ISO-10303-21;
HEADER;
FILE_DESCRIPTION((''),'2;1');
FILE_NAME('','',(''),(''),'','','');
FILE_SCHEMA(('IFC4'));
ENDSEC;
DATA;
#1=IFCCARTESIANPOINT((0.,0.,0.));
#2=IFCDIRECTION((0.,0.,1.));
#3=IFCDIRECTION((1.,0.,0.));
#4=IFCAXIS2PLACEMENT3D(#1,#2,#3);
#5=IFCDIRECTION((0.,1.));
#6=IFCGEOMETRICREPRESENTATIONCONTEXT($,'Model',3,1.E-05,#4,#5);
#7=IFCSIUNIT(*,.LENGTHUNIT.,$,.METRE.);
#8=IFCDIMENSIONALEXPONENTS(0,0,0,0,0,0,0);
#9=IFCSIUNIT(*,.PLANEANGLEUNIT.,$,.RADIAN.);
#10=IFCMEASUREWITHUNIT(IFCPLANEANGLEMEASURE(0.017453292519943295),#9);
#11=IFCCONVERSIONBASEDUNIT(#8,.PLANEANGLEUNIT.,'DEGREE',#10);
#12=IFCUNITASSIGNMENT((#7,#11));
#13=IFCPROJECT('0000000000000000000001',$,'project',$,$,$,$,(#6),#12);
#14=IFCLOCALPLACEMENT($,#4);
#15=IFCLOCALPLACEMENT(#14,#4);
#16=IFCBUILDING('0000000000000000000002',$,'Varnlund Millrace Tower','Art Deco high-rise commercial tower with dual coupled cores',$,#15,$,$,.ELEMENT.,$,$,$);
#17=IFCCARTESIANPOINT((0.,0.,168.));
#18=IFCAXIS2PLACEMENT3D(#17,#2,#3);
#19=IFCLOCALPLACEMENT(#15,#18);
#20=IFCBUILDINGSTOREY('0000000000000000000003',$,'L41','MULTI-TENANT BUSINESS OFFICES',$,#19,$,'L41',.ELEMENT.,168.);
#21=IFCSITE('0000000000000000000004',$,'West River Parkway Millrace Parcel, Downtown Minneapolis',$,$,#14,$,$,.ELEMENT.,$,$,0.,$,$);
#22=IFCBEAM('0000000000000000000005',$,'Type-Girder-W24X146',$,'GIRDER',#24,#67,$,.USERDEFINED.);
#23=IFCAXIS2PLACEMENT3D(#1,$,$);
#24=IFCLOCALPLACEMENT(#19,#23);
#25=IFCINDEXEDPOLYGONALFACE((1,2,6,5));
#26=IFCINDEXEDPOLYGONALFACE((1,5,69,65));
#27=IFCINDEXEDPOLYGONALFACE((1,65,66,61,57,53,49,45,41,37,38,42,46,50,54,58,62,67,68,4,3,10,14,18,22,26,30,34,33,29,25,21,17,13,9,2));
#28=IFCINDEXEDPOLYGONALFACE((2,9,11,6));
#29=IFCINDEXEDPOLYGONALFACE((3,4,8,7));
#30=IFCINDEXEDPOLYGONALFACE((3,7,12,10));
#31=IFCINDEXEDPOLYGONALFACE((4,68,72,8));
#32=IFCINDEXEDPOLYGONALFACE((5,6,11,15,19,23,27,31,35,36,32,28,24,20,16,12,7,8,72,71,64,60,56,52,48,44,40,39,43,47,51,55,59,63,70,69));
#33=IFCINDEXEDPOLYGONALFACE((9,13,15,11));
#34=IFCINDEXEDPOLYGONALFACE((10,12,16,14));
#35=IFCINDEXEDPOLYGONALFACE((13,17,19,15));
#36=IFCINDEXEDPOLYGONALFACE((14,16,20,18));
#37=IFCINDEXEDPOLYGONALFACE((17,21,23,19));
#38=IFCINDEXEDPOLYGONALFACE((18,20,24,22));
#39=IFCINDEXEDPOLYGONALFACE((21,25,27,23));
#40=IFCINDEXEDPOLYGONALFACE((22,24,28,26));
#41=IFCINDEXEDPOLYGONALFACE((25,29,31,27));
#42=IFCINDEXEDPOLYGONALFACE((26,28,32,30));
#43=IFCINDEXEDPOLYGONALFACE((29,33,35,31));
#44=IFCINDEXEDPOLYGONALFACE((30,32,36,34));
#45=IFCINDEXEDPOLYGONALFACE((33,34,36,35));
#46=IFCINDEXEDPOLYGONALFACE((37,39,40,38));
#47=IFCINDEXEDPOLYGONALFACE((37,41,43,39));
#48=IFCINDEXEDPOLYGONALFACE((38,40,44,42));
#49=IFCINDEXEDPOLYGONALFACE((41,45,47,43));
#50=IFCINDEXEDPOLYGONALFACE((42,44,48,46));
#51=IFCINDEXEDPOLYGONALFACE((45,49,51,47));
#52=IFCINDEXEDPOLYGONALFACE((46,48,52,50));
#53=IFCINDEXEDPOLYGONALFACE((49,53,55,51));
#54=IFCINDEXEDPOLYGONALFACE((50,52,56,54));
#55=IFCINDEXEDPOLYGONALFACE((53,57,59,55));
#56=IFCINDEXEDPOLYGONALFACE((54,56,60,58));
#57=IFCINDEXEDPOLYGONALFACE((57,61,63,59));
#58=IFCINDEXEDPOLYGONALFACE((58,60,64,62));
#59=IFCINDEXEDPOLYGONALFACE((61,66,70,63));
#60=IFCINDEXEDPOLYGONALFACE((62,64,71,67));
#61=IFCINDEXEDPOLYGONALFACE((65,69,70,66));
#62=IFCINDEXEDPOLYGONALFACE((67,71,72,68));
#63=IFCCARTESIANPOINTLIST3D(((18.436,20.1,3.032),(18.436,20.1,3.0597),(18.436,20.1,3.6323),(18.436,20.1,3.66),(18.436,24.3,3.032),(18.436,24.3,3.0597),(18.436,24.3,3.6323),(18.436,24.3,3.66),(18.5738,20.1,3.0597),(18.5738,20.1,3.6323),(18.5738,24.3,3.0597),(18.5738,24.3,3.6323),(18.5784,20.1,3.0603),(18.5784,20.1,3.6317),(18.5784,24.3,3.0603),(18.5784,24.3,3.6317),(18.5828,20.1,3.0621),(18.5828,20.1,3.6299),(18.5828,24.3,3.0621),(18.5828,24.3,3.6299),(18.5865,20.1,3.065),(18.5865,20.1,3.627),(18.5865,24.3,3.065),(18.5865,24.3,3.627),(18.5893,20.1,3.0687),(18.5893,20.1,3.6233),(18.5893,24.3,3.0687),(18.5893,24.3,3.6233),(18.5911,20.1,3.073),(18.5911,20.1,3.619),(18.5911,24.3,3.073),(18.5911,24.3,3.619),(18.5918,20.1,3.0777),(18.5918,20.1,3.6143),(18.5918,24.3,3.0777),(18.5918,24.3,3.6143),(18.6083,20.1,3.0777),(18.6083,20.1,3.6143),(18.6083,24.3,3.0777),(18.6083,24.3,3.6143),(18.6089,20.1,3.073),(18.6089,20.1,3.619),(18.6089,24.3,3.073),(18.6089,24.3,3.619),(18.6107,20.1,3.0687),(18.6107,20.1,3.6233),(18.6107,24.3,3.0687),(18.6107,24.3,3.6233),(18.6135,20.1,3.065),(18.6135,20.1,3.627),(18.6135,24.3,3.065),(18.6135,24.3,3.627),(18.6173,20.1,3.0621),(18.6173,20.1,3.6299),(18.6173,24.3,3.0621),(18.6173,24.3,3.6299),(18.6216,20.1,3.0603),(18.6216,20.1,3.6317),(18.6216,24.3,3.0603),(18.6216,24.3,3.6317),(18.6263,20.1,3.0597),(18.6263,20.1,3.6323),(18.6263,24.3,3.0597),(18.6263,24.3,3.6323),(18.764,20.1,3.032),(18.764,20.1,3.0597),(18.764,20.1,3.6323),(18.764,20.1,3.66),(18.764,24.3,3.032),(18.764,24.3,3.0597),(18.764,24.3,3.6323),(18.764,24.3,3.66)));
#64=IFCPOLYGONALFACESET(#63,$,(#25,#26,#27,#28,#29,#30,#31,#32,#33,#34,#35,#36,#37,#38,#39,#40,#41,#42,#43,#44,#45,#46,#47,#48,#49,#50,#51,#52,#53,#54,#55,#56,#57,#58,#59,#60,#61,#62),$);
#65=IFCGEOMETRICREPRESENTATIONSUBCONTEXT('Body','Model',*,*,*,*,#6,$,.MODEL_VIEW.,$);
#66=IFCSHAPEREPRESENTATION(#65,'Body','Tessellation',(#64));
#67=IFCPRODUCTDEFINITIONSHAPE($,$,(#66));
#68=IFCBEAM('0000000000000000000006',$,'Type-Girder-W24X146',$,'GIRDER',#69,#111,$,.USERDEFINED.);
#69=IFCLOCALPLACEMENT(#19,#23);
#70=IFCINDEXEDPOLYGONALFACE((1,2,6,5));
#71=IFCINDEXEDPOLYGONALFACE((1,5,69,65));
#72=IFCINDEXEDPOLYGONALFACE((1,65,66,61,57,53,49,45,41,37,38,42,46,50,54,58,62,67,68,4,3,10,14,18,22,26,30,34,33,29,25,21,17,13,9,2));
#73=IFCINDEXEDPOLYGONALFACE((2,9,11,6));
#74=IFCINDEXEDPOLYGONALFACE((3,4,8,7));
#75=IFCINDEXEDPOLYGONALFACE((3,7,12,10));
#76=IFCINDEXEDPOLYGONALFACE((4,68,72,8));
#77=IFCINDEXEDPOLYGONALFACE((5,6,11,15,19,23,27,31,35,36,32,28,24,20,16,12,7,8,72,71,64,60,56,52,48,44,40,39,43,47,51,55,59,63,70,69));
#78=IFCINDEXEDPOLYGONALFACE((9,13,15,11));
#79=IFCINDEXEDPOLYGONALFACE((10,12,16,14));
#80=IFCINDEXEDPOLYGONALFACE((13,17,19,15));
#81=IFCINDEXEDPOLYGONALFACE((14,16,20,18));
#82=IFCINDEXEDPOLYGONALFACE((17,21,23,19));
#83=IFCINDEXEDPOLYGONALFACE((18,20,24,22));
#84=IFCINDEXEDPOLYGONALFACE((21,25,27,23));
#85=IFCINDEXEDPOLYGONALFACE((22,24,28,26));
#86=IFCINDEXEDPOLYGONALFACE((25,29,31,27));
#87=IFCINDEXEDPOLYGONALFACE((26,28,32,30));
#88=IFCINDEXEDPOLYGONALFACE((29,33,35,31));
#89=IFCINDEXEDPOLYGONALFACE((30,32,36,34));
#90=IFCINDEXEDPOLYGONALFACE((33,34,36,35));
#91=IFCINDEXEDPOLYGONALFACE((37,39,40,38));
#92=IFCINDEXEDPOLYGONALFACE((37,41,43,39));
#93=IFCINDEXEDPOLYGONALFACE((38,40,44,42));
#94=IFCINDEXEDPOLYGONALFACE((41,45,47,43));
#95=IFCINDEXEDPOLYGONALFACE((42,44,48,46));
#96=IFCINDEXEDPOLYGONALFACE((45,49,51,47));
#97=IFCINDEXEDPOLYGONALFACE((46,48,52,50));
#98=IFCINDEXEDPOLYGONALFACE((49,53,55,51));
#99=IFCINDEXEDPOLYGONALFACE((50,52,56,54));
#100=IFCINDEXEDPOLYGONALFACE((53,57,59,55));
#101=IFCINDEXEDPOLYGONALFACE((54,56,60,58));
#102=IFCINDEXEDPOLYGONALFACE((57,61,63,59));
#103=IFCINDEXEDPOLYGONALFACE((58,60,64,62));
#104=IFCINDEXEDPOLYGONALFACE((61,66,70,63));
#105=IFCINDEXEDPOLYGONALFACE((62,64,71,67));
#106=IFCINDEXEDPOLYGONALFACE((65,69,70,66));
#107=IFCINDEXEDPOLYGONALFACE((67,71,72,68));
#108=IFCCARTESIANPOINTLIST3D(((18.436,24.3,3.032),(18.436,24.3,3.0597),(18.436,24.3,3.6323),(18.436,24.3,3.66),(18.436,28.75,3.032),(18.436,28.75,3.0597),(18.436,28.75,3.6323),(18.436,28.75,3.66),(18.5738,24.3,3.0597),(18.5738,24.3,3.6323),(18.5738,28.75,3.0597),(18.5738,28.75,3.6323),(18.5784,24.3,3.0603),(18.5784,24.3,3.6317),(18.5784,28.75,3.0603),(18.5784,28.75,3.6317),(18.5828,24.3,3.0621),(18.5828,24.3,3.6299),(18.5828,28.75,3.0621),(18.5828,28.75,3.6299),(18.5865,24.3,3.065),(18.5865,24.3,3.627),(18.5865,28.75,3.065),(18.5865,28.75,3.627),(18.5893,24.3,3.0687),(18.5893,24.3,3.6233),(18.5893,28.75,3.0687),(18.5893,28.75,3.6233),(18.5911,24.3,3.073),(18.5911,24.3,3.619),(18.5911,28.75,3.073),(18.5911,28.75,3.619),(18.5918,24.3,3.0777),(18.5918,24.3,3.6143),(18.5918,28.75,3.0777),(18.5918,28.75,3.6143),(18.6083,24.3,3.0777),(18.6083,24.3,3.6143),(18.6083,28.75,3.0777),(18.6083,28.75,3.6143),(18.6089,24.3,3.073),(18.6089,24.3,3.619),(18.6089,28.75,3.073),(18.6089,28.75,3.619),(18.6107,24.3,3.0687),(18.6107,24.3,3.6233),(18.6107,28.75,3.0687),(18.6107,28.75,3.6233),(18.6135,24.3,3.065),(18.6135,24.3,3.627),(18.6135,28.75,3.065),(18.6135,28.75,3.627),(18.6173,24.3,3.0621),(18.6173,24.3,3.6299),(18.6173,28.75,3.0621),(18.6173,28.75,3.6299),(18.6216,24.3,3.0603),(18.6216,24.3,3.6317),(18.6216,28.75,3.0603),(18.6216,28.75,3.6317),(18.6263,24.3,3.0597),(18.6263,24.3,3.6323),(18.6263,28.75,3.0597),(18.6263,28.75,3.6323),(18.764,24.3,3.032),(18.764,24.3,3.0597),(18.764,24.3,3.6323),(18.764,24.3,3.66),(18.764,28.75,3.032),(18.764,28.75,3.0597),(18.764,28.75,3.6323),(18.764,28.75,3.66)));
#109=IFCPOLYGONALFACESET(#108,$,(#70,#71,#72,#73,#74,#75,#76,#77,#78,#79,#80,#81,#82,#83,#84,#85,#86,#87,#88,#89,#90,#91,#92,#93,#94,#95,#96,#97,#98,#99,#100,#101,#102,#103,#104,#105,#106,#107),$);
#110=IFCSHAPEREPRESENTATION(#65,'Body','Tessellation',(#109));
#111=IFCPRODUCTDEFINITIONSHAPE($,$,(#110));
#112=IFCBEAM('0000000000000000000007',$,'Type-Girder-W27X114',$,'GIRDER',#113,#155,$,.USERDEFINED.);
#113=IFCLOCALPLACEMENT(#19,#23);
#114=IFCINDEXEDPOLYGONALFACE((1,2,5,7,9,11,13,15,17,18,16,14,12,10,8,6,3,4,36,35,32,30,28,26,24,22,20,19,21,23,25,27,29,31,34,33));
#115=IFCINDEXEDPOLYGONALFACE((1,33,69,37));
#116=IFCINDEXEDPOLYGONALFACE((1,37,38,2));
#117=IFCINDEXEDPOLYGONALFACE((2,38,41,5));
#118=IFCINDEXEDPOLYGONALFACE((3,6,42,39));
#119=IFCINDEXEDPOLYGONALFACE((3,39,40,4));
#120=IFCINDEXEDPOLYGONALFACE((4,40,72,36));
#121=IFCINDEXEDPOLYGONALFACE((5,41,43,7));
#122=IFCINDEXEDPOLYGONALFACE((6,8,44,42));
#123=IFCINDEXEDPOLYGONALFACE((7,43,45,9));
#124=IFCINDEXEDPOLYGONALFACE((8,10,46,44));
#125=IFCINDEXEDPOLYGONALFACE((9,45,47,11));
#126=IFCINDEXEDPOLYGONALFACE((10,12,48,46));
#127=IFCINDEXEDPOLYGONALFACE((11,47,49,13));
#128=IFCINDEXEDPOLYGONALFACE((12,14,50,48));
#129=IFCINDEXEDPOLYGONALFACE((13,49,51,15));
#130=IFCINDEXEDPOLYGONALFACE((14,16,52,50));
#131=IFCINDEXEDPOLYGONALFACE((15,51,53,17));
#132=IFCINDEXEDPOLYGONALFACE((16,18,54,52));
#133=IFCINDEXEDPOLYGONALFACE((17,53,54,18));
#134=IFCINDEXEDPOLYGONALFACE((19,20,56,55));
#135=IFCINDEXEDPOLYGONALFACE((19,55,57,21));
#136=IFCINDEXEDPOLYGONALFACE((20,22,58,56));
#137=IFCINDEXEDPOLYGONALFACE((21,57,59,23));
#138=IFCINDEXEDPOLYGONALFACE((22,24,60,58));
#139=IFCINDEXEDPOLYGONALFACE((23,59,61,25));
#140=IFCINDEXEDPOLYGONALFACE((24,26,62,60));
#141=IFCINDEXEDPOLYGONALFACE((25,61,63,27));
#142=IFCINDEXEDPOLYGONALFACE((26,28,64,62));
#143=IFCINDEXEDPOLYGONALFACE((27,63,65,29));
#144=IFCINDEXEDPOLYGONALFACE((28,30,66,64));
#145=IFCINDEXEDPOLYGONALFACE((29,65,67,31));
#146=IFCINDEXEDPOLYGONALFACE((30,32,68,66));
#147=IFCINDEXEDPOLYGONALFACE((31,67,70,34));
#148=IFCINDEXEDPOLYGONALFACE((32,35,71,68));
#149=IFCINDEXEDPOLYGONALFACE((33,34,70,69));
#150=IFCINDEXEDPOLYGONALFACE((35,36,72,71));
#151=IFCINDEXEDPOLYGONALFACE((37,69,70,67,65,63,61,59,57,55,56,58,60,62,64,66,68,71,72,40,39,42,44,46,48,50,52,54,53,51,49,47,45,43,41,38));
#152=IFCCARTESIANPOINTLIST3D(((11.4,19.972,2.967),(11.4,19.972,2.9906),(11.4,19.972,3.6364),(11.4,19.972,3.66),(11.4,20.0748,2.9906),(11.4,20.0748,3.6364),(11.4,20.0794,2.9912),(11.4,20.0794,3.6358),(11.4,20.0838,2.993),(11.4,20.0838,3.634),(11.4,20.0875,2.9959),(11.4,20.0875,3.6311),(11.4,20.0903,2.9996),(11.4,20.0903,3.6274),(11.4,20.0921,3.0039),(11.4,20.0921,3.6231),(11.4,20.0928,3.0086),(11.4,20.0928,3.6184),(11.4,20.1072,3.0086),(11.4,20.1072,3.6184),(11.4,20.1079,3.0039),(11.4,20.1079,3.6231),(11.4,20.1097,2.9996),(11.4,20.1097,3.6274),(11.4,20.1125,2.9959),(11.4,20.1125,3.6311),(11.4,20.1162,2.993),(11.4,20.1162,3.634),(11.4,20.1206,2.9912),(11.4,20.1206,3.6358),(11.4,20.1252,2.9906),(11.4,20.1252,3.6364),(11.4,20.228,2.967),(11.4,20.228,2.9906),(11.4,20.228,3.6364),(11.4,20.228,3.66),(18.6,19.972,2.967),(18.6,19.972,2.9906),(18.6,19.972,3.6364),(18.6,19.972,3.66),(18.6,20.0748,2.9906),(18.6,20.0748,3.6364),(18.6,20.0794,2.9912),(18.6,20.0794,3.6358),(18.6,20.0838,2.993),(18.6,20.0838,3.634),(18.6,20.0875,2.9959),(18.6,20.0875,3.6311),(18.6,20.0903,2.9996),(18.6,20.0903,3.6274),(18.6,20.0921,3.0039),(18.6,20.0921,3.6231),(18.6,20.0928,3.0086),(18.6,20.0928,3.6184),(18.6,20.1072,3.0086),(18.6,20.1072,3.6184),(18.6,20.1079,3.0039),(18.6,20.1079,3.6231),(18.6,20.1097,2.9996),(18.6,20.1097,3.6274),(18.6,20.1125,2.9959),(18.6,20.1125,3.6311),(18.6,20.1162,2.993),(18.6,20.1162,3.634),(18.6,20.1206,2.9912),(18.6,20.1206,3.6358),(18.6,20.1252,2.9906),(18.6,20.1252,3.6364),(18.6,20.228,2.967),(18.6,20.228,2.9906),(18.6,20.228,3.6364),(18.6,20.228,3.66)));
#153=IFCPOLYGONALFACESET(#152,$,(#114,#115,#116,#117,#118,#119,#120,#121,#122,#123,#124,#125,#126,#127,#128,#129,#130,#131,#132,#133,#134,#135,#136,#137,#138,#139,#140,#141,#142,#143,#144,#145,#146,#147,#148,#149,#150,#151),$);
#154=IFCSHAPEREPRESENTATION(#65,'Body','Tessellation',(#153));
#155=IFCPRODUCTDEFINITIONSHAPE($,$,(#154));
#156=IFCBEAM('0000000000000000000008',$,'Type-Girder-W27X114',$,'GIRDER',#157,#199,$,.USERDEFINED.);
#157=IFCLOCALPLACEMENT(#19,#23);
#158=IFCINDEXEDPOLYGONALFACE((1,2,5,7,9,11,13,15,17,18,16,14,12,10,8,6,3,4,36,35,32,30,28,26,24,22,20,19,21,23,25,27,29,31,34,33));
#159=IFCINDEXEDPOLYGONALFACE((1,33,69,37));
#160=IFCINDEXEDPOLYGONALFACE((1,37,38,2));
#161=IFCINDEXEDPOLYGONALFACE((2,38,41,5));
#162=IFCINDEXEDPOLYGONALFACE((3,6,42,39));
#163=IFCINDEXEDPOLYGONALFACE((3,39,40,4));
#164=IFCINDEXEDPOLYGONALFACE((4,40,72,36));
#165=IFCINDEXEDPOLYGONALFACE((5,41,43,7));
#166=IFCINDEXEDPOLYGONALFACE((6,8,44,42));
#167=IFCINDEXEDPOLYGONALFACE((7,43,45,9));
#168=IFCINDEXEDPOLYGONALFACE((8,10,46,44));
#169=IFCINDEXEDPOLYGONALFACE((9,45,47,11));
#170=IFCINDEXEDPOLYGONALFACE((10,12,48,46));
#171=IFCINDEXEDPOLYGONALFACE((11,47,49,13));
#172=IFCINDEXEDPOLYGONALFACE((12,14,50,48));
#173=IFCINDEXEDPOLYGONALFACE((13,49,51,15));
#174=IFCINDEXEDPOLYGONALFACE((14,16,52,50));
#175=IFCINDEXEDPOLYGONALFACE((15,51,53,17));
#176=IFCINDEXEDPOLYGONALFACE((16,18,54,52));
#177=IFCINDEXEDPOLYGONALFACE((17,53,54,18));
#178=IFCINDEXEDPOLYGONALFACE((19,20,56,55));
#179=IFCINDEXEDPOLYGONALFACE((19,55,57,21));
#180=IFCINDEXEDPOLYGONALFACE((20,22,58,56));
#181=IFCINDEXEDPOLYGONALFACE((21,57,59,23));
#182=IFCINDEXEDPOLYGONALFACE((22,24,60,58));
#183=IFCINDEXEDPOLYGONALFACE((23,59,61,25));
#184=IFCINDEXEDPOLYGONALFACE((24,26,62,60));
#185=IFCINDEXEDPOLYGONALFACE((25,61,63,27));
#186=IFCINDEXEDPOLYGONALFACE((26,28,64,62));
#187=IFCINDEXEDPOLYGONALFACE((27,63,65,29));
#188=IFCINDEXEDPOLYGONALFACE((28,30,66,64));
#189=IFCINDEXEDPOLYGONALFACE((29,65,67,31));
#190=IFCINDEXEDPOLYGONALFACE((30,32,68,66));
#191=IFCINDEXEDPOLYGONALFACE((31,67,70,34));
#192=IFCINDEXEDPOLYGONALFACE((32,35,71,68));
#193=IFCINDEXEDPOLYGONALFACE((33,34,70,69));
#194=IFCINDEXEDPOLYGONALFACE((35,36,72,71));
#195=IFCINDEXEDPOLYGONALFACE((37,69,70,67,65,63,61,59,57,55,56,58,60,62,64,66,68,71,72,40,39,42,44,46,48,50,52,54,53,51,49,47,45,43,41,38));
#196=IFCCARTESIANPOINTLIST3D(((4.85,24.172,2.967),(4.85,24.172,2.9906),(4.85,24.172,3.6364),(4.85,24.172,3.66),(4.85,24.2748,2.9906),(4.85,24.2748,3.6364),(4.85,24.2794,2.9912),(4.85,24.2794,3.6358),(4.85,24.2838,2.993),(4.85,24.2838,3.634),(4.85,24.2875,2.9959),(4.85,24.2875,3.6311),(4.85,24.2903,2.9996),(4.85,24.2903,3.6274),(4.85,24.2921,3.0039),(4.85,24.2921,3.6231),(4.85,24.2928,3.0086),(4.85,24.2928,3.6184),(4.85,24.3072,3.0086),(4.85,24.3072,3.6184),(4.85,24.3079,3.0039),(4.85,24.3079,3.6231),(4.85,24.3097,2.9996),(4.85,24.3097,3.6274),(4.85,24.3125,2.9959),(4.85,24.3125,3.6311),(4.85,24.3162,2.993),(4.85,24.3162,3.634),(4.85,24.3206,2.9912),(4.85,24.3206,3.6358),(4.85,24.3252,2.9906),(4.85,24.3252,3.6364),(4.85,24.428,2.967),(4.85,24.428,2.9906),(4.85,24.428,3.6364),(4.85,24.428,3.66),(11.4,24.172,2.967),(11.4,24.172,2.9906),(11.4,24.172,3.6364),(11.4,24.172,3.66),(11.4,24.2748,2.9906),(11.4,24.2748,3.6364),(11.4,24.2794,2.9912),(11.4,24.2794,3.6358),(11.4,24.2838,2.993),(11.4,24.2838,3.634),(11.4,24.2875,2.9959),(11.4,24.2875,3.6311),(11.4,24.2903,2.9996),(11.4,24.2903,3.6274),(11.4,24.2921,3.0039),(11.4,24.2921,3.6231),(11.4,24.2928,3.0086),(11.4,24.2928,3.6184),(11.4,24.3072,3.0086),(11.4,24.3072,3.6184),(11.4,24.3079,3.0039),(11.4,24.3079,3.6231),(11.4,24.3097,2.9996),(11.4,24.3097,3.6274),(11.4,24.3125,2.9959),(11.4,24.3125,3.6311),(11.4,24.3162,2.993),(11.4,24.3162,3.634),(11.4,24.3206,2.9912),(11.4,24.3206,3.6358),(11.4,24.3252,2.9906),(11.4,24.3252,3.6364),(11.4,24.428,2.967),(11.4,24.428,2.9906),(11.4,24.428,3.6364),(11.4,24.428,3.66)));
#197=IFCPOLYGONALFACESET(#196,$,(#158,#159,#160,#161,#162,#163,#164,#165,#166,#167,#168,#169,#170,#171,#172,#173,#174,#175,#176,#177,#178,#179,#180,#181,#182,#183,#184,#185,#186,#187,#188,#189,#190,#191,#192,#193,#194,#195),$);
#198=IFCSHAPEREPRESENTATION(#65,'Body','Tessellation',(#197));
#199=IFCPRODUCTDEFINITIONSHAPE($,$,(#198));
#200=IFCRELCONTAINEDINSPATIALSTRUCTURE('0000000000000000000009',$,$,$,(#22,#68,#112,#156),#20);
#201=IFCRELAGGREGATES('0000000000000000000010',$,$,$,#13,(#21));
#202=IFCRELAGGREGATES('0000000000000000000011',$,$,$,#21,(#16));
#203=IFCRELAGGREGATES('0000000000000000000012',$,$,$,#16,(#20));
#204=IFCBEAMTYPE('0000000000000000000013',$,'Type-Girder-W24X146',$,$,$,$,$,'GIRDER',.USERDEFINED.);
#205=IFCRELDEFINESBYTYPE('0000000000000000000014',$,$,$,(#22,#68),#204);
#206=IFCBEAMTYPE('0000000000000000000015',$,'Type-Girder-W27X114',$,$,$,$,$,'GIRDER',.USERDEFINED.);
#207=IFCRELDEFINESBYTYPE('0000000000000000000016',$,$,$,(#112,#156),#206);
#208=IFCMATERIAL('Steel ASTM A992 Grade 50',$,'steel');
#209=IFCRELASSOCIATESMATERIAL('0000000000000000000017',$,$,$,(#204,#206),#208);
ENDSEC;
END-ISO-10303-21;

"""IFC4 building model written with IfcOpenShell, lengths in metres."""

from ifc_helpers import new_model, entity, si_unit, converted_unit, direction, frame, origin_with_axes, origin_2d_with_axis, place, context, subcontext, project, spatial, i_section, extrude, material, material_profile, profile_set, type_object, element, save


model = new_model("IFC4")

# Units and contexts
model_context = context("Model", 3, precision=1e-05, world=origin_with_axes(), true_north=direction((0.0, 1.0)))
body_context = subcontext(model_context, "Body", "Model", "MODEL_VIEW")
ifc_project = project(units=[si_unit("LENGTHUNIT", "METRE"), converted_unit("PLANEANGLEUNIT", "DEGREE", entity("IfcPlaneAngleMeasure", 0.017453292519943295), si_unit("PLANEANGLEUNIT", "RADIAN"), dimensions=[0, 0, 0, 0, 0, 0, 0])], contexts=[model_context])

# Site, building, storey
site_placement = place(None, origin_with_axes())
site = spatial("IfcSite", under=ifc_project, at=site_placement, Name="West River Parkway Millrace Parcel, Downtown Minneapolis", CompositionType="ELEMENT", RefElevation=0.0)
building_placement = place(site_placement, origin_with_axes())
building = spatial("IfcBuilding", under=site, at=building_placement, Name="Varnlund Millrace Tower", Description="Art Deco high-rise commercial tower with dual coupled cores", CompositionType="ELEMENT")
storey_placement = place(building_placement, frame((0.0, 0.0, 168.0), z_axis=(0.0, 0.0, 1.0), x_axis=(1.0, 0.0, 0.0)))
storey = spatial("IfcBuildingStorey", under=building, at=storey_placement, Name="L41", Description="MULTI-TENANT BUSINESS OFFICES", LongName="L41", CompositionType="ELEMENT", Elevation=168.0)

# Beams
ifc_material_1 = material(Name="Steel ASTM A992 Grade 50", Category="steel")
ifc_material_profile_1 = material_profile(ifc_material_1, i_section(OverallWidth=0.328, OverallDepth=0.628, WebThickness=0.0165, FlangeThickness=0.0277, FilletRadius=0.018, at=origin_2d_with_axis()), Name="Steel ASTM A992 Grade 50")
ifc_profile_set_1 = profile_set([ifc_material_profile_1], Name="Steel ASTM A992 Grade 50")
beam_type_1 = type_object("IfcBeamType", Name="Type-Girder-W24X146", ElementType="GIRDER", PredefinedType="USERDEFINED", material=ifc_profile_set_1)
beam_1_placement = place(storey_placement, frame((18.6, 20.1, 3.346), z_axis=(0.0, 1.0, 0.0), x_axis=(-1.0, 0.0, 0.0)))
element("IfcBeam", 1, at=beam_1_placement, inside=storey, type_object=beam_type_1, Name="Type-Girder-W24X146", ObjectType="GIRDER", PredefinedType="USERDEFINED", context=body_context, shape_type="SweptSolid", body=[
    extrude(i_section(OverallWidth=0.328, OverallDepth=0.628, WebThickness=0.0165, FlangeThickness=0.0277, FilletRadius=0.018, at=origin_2d_with_axis()), origin_with_axes(), (0.0, 0.0, 1.0), 4.2),
])
beam_2_placement = place(storey_placement, frame((18.6, 24.3, 3.346), z_axis=(0.0, 1.0, 0.0), x_axis=(-1.0, 0.0, 0.0)))
element("IfcBeam", 2, at=beam_2_placement, inside=storey, type_object=beam_type_1, Name="Type-Girder-W24X146", ObjectType="GIRDER", PredefinedType="USERDEFINED", context=body_context, shape_type="SweptSolid", body=[
    extrude(i_section(OverallWidth=0.328, OverallDepth=0.628, WebThickness=0.0165, FlangeThickness=0.0277, FilletRadius=0.018, at=origin_2d_with_axis()), origin_with_axes(), (0.0, 0.0, 1.0), 4.45),
])
ifc_material_profile_2 = material_profile(ifc_material_1, i_section(OverallWidth=0.256, OverallDepth=0.693, WebThickness=0.0145, FlangeThickness=0.0236, FilletRadius=0.018, at=origin_2d_with_axis()), Name="Steel ASTM A992 Grade 50")
ifc_profile_set_2 = profile_set([ifc_material_profile_2], Name="Steel ASTM A992 Grade 50")
beam_type_2 = type_object("IfcBeamType", Name="Type-Girder-W27X114", ElementType="GIRDER", PredefinedType="USERDEFINED", material=ifc_profile_set_2)
beam_3_placement = place(storey_placement, frame((11.4, 20.1, 3.3135), z_axis=(1.0, 0.0, 0.0), x_axis=(0.0, 1.0, 0.0)))
element("IfcBeam", 3, at=beam_3_placement, inside=storey, type_object=beam_type_2, Name="Type-Girder-W27X114", ObjectType="GIRDER", PredefinedType="USERDEFINED", context=body_context, shape_type="SweptSolid", body=[
    extrude(i_section(OverallWidth=0.256, OverallDepth=0.693, WebThickness=0.0145, FlangeThickness=0.0236, FilletRadius=0.018, at=origin_2d_with_axis()), origin_with_axes(), (0.0, 0.0, 1.0), 7.2),
])
beam_4_placement = place(storey_placement, frame((4.85, 24.3, 3.3135), z_axis=(1.0, 0.0, 0.0), x_axis=(0.0, 1.0, 0.0)))
element("IfcBeam", 4, at=beam_4_placement, inside=storey, type_object=beam_type_2, Name="Type-Girder-W27X114", ObjectType="GIRDER", PredefinedType="USERDEFINED", context=body_context, shape_type="SweptSolid", body=[
    extrude(i_section(OverallWidth=0.256, OverallDepth=0.693, WebThickness=0.0145, FlangeThickness=0.0236, FilletRadius=0.018, at=origin_2d_with_axis()), origin_with_axes(), (0.0, 0.0, 1.0), 6.55),
])

save(model, "model.ifc")
